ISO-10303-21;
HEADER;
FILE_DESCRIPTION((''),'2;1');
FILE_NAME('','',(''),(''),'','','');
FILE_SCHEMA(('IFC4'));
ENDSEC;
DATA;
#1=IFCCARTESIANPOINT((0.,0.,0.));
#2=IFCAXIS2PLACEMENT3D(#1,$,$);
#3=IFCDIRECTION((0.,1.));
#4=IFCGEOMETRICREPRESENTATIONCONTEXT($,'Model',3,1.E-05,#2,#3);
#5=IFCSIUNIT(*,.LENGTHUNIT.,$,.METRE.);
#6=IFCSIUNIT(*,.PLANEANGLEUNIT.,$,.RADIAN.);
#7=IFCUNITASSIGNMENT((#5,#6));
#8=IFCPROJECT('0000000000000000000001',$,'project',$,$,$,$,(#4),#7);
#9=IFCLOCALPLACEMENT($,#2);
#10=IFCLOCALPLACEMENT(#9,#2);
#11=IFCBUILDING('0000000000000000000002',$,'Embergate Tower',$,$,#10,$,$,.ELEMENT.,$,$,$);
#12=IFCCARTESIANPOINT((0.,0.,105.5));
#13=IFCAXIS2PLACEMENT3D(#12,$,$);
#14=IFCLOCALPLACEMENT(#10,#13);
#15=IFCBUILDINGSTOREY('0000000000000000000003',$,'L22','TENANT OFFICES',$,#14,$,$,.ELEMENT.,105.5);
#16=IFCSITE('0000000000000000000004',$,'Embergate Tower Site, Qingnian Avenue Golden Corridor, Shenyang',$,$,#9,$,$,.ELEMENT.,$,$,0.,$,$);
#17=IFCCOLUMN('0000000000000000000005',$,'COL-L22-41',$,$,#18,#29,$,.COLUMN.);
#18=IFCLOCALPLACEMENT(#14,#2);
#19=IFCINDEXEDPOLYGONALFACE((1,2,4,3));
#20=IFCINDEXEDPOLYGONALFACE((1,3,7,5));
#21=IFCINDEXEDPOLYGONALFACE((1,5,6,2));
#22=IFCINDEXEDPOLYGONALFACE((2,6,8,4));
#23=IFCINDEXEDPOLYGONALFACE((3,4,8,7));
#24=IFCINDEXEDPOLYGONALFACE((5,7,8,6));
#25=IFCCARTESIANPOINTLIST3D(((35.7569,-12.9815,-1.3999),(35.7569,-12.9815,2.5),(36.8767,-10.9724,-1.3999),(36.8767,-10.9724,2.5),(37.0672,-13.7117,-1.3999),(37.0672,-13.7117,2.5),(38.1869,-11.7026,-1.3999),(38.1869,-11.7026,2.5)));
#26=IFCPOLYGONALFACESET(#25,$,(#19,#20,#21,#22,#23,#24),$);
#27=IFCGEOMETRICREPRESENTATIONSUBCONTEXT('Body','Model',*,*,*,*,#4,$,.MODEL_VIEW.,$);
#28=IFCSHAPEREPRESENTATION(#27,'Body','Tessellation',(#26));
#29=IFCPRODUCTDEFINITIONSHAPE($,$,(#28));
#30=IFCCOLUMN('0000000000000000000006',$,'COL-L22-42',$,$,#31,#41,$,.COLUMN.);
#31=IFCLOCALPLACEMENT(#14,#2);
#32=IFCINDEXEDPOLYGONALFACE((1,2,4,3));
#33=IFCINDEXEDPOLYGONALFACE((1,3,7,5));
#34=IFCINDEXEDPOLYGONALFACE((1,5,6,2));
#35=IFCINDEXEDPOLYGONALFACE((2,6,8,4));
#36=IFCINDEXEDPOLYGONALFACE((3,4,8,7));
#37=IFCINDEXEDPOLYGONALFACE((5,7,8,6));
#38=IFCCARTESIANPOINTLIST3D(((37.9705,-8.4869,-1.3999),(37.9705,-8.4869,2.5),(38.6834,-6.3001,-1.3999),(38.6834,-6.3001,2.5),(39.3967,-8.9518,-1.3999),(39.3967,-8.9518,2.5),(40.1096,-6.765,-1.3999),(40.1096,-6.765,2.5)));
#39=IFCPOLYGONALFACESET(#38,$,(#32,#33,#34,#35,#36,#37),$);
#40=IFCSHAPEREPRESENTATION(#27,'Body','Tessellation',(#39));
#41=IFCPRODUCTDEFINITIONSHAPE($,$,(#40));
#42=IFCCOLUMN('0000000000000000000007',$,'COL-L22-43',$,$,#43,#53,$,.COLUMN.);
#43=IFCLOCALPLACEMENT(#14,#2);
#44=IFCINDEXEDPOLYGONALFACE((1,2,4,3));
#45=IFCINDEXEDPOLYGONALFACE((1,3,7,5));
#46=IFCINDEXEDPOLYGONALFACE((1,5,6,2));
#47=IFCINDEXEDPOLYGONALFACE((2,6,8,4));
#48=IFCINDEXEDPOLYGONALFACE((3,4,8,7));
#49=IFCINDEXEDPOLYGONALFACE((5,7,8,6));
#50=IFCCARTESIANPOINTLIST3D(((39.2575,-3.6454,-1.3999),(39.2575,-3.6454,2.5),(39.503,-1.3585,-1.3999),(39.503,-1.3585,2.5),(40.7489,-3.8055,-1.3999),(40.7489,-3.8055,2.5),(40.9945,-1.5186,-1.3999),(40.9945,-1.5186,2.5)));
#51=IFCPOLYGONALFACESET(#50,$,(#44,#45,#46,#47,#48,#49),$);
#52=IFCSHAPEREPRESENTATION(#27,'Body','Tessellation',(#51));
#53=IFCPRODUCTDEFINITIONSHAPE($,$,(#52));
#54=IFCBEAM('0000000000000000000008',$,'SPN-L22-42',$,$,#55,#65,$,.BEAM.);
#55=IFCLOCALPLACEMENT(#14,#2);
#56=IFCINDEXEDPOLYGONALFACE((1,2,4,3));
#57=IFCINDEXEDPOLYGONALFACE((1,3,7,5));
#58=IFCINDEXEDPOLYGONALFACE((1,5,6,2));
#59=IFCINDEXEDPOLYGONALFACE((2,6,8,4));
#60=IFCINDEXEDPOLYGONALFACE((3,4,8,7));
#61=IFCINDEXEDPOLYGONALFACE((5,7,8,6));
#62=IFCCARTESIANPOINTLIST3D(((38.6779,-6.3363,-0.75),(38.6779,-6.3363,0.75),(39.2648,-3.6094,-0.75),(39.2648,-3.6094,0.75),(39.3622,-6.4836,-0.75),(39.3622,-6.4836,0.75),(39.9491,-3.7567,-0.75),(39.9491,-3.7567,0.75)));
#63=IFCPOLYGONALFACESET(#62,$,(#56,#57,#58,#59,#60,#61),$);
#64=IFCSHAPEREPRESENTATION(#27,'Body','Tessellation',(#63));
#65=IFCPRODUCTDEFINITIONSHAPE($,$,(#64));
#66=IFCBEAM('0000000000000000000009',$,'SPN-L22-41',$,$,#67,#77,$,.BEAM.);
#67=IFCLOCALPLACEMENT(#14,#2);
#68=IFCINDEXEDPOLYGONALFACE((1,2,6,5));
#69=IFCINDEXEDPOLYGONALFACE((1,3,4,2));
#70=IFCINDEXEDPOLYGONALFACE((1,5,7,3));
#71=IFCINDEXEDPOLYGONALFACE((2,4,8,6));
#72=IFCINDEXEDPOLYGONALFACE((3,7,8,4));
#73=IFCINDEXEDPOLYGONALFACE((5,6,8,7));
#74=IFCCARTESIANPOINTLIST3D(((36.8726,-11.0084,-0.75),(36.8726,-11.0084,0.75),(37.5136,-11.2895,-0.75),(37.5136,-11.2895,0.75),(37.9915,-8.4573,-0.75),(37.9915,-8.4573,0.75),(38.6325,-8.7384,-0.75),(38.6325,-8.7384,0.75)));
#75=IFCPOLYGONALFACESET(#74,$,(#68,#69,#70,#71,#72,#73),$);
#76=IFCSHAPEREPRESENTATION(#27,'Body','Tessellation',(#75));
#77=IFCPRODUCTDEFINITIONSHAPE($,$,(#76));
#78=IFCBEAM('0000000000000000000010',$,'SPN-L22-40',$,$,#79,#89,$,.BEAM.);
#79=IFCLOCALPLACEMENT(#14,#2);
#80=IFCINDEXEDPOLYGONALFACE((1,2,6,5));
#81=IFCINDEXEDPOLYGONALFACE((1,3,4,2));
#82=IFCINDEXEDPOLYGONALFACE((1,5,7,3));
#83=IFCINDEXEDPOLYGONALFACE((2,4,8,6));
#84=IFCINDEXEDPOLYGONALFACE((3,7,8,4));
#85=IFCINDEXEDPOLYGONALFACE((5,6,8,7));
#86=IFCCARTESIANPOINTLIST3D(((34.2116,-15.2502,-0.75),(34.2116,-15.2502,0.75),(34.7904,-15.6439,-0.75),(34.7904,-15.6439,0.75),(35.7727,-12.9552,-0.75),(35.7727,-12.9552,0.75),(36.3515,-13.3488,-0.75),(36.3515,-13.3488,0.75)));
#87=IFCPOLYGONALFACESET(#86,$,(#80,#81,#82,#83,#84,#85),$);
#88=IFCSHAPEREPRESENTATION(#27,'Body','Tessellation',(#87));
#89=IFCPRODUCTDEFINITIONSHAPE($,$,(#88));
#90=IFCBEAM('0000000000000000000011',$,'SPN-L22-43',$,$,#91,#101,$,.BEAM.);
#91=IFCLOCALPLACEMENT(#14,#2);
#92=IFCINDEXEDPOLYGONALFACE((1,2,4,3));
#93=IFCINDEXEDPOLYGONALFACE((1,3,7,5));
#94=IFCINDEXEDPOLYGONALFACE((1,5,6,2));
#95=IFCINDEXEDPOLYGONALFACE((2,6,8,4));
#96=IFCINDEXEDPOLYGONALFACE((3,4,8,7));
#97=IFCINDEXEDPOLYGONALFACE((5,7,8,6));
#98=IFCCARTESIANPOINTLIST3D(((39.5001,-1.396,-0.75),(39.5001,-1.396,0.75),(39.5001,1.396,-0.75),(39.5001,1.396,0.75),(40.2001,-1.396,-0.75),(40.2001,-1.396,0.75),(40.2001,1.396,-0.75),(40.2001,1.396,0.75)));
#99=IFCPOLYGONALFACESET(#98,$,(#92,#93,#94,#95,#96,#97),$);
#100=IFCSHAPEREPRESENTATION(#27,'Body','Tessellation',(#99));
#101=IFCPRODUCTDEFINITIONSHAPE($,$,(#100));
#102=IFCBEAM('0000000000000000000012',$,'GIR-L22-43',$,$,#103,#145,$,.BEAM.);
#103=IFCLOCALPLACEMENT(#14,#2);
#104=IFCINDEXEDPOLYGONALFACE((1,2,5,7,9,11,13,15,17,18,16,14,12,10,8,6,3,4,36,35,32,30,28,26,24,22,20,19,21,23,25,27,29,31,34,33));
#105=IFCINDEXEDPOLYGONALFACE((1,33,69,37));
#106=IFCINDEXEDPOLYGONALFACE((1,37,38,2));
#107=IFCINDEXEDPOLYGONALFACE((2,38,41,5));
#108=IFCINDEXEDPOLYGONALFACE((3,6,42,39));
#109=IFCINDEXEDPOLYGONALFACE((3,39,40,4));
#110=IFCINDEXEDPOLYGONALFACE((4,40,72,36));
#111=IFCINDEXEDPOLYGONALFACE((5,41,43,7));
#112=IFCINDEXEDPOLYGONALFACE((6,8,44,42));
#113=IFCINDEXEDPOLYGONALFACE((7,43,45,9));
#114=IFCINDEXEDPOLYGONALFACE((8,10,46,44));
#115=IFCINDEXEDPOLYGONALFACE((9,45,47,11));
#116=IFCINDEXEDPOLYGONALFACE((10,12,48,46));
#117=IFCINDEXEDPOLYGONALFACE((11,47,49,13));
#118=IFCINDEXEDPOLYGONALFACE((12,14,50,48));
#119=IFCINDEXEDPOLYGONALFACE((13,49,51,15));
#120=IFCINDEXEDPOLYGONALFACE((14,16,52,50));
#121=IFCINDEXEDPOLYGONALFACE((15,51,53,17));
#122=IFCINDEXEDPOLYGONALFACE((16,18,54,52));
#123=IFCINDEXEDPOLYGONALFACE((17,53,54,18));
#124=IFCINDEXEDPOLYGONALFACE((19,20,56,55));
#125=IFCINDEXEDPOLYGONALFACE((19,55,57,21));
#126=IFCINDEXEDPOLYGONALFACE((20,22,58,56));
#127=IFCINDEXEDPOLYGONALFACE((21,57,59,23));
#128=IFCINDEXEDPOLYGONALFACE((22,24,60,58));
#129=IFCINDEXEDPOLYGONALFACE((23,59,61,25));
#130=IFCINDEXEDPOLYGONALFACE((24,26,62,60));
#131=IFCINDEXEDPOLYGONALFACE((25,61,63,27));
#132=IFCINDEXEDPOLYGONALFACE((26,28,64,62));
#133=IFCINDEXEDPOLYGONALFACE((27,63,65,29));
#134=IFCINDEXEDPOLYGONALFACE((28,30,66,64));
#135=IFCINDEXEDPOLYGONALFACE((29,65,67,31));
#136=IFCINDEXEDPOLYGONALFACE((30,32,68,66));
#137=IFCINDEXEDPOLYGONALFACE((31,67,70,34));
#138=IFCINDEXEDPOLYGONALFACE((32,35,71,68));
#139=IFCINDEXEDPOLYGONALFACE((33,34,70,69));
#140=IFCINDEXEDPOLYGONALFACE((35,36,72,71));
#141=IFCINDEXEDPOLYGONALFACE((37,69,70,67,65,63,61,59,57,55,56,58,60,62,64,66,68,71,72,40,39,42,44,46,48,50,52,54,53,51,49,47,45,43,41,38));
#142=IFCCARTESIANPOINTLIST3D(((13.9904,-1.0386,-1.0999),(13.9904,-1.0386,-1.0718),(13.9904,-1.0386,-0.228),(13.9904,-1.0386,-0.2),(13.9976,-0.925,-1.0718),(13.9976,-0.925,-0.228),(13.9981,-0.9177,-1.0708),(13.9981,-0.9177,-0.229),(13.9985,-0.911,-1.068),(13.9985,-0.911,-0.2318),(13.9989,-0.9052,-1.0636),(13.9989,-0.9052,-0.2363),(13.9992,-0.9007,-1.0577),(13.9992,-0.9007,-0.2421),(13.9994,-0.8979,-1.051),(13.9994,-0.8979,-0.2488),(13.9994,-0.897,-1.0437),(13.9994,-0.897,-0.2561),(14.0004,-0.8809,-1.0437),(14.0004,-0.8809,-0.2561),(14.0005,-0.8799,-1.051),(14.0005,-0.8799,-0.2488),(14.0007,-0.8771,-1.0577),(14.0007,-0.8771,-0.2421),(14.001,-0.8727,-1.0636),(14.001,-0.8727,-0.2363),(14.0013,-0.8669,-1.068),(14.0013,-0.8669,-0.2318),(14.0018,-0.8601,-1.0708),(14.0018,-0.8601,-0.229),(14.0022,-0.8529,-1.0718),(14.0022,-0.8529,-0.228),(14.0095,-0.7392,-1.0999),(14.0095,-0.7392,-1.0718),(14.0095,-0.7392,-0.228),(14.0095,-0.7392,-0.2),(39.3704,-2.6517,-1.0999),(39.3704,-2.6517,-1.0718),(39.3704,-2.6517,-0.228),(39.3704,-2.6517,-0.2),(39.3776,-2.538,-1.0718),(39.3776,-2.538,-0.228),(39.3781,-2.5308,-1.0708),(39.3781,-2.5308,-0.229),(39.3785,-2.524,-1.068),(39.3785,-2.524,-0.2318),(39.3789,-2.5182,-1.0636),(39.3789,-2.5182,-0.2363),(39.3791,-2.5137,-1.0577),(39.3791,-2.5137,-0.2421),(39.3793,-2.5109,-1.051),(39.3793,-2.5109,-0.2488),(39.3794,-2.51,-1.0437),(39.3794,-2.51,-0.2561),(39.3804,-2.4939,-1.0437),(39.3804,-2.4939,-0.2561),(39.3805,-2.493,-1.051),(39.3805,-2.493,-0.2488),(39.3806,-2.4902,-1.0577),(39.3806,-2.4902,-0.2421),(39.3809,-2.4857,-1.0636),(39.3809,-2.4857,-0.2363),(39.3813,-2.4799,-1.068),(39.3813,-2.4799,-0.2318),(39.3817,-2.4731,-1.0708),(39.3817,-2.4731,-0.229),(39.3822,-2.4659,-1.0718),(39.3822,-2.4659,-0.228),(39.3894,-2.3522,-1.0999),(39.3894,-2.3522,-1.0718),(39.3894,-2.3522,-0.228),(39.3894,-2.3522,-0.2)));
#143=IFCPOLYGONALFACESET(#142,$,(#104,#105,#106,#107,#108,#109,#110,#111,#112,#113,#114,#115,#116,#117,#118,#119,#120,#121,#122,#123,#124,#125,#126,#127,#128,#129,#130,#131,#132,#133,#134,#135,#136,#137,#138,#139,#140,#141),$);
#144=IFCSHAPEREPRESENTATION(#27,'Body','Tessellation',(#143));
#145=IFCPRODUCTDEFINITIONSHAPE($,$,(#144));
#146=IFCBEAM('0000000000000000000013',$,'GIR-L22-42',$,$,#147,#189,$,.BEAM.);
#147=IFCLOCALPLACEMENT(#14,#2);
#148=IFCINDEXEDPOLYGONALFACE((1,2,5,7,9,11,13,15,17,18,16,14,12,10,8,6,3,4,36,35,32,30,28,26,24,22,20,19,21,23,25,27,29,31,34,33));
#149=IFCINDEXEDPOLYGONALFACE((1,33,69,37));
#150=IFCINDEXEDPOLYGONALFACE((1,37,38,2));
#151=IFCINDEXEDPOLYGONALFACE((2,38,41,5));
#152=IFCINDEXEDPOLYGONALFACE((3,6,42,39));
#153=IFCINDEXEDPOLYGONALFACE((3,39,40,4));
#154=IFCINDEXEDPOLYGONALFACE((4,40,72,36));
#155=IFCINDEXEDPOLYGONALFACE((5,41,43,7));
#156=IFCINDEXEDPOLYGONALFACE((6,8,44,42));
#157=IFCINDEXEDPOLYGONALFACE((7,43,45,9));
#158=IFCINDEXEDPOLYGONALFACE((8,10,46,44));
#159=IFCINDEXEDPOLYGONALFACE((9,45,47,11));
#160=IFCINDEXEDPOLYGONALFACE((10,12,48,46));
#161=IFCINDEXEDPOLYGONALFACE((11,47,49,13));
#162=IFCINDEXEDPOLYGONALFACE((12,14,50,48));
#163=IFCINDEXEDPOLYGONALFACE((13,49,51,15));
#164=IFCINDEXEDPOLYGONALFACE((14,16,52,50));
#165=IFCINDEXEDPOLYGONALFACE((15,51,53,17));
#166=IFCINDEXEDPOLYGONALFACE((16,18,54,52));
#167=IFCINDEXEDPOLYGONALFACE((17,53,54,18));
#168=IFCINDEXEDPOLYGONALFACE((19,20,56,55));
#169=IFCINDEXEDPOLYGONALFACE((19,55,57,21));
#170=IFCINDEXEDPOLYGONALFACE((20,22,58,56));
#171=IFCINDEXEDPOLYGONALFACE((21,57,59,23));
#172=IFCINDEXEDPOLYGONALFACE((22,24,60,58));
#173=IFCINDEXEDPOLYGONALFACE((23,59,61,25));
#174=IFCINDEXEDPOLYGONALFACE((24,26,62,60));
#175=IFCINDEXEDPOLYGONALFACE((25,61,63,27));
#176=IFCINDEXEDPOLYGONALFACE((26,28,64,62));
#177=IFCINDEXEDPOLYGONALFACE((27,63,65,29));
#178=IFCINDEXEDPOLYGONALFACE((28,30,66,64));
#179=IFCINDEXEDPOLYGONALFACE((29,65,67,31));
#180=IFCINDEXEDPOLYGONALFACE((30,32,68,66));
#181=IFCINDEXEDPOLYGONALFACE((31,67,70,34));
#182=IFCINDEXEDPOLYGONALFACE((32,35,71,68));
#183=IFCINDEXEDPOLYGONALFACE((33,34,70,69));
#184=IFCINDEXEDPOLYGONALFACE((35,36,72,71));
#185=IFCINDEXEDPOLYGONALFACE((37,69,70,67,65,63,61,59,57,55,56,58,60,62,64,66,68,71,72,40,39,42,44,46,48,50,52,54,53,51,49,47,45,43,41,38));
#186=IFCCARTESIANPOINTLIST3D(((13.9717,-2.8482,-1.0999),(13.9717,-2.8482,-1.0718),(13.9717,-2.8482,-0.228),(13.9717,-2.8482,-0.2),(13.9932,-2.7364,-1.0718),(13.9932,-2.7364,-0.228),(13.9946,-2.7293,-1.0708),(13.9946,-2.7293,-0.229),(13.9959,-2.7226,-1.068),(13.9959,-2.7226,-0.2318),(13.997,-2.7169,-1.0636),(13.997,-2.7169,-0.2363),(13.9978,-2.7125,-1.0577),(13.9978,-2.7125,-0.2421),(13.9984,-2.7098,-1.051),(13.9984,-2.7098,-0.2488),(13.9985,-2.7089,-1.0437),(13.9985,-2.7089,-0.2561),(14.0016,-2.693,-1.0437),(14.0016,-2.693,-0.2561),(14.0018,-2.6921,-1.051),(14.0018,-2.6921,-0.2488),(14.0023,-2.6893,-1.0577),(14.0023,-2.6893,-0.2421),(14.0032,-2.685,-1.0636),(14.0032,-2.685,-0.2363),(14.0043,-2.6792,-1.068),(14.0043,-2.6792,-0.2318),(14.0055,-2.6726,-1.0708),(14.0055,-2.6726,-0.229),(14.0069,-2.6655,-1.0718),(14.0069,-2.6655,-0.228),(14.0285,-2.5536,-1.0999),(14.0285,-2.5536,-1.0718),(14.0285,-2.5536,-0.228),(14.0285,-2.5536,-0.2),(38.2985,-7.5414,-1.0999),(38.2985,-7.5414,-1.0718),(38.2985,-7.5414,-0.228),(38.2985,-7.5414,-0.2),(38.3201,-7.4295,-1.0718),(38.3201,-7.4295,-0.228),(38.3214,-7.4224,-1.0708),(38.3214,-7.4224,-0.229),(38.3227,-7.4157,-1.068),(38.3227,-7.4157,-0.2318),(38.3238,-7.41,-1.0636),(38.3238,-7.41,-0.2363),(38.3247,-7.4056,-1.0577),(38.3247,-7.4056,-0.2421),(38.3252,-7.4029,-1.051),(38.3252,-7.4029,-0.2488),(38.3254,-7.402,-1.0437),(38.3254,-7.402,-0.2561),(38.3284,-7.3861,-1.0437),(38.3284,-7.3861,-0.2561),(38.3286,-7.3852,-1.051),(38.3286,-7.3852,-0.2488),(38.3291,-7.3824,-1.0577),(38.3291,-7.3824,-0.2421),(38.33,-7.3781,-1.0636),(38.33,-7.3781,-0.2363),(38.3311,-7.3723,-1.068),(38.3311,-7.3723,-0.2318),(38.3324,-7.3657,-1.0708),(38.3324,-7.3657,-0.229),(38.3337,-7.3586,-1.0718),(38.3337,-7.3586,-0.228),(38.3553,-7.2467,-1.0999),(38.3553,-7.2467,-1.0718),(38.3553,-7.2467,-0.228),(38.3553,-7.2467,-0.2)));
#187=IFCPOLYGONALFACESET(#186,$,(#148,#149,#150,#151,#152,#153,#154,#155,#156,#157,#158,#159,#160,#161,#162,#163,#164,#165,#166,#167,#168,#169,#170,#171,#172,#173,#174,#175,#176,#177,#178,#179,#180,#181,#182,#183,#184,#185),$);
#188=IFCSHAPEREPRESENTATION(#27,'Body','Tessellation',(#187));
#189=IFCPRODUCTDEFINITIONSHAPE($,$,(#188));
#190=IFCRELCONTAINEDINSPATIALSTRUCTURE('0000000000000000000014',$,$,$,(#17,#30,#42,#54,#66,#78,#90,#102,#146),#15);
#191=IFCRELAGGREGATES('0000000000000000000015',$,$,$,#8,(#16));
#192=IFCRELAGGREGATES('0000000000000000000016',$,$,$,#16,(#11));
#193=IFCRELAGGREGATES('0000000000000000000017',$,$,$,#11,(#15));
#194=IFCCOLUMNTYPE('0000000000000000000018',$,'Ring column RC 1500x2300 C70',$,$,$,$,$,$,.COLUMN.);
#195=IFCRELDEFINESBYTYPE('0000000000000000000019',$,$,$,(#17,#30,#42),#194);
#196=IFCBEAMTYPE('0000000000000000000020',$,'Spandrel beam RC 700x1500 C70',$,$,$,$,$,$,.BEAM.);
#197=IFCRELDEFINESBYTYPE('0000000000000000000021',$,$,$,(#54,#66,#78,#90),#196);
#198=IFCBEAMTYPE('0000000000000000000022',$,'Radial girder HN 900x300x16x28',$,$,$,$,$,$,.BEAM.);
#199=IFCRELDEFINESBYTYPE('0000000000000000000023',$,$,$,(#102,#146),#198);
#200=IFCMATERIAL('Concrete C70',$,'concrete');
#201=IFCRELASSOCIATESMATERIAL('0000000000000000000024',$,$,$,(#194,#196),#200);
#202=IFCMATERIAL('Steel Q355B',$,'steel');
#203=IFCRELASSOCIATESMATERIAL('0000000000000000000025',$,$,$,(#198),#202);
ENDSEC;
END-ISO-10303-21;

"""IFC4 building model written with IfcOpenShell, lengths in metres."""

from ifc_helpers import new_model, si_unit, direction, frame, origin, origin_2d, place, context, subcontext, project, spatial, rectangle, i_section, extrude, source, transform, mapped, material, material_profile, profile_set, type_object, element, save


model = new_model("IFC4")

# Units and contexts
model_context = context("Model", 3, precision=1e-05, world=origin(), true_north=direction((0.0, 1.0)))
body_context = subcontext(model_context, "Body", "Model", "MODEL_VIEW")
ifc_project = project(units=[si_unit("LENGTHUNIT", "METRE"), si_unit("PLANEANGLEUNIT", "RADIAN")], contexts=[model_context])

# Site, building, storey
site_placement = place(None, origin())
site = spatial("IfcSite", under=ifc_project, at=site_placement, Name="Embergate Tower Site, Qingnian Avenue Golden Corridor, Shenyang", CompositionType="ELEMENT", RefElevation=0.0)
building_placement = place(site_placement, origin())
building = spatial("IfcBuilding", under=site, at=building_placement, Name="Embergate Tower", CompositionType="ELEMENT")
storey_placement = place(building_placement, frame((0.0, 0.0, 105.5)))
storey = spatial("IfcBuildingStorey", under=building, at=storey_placement, Name="L22", Description="TENANT OFFICES", CompositionType="ELEMENT", Elevation=105.5)

# Columns
ifc_material_1 = material(Name="Concrete C70", Category="concrete")
ifc_material_profile_1 = material_profile(ifc_material_1, rectangle(XDim=1.5, YDim=2.3, at=origin_2d()), Name="RC 1500x2300")
ifc_profile_set_1 = profile_set([ifc_material_profile_1], Name="Concrete C70")
column_type = type_object("IfcColumnType", Name="Ring column RC 1500x2300 C70", PredefinedType="COLUMN", material=ifc_profile_set_1)
shared_shape_1 = source(origin(), body_context, "Body", "SweptSolid", [
    extrude(rectangle(XDim=1.5, YDim=2.3, at=origin_2d()), origin(), (0.0, 0.0, 1.0), 3.8999),
])
for number, where, z_axis, x_axis, name in (
    (1, (36.9719, -12.342, -1.3999), (0.0, 0.0, 1.0), (0.8735, -0.486823, 0.0), "COL-L22-41"),
    (2, (39.04, -7.626, -1.3999), (0.0, 0.0, 1.0), (0.950754, -0.309946, 0.0), "COL-L22-42"),
    (3, (40.126, -2.582, -1.3999), (0.0, 0.0, 1.0), (0.994286, -0.10675, 0.0), "COL-L22-43"),
):
    element("IfcColumn", number, at=place(storey_placement, frame(where, z_axis=z_axis, x_axis=x_axis)), inside=storey, type_object=column_type, Name=name, PredefinedType="COLUMN", context=body_context, shape_type="MappedRepresentation", body=[
        mapped(shared_shape_1, transform((0.0, 0.0, 0.0))),
    ])

# Beams
ifc_material_profile_2 = material_profile(ifc_material_1, rectangle(XDim=0.7, YDim=1.5, at=origin_2d()), Name="RC 700x1500")
ifc_profile_set_2 = profile_set([ifc_material_profile_2], Name="Concrete C70")
beam_type_1 = type_object("IfcBeamType", Name="Spandrel beam RC 700x1500 C70", PredefinedType="BEAM", material=ifc_profile_set_2)
shared_shape_2 = source(origin(), body_context, "Body", "SweptSolid", [
    extrude(rectangle(XDim=0.7, YDim=1.5, at=origin_2d()), origin(), (0.0, 0.0, 1.0), 2.7893),
])
beam_1_placement = place(storey_placement, frame((39.02, -6.4099, 0.0), z_axis=(0.21042, 0.977611, 0.0), x_axis=(-0.977611, 0.21042, 0.0)))
element("IfcBeam", 4, at=beam_1_placement, inside=storey, type_object=beam_type_1, Name="SPN-L22-42", PredefinedType="BEAM", context=body_context, shape_type="MappedRepresentation", body=[
    mapped(shared_shape_2, transform((0.0, 0.0, 0.0))),
])
shared_shape_3 = source(origin(), body_context, "Body", "SweptSolid", [
    extrude(rectangle(XDim=0.7, YDim=1.5, at=origin_2d()), origin(), (0.0, 0.0, 1.0), 2.7856),
])
beam_2_placement = place(storey_placement, frame((37.1931, -11.1489, 0.0), z_axis=(0.401669, 0.915785, 0.0), x_axis=(-0.915785, 0.401669, 0.0)))
element("IfcBeam", 5, at=beam_2_placement, inside=storey, type_object=beam_type_1, Name="SPN-L22-41", PredefinedType="BEAM", context=body_context, shape_type="MappedRepresentation", body=[
    mapped(shared_shape_3, transform((0.0, 0.0, 0.0))),
])
shared_shape_4 = source(origin(), body_context, "Body", "SweptSolid", [
    extrude(rectangle(XDim=0.7, YDim=1.5, at=origin_2d()), origin(), (0.0, 0.0, 1.0), 2.7756),
])
beam_3_placement = place(storey_placement, frame((34.501, -15.447, 0.0), z_axis=(0.56243, 0.826845, 0.0), x_axis=(-0.826845, 0.56243, 0.0)))
element("IfcBeam", 6, at=beam_3_placement, inside=storey, type_object=beam_type_1, Name="SPN-L22-40", PredefinedType="BEAM", context=body_context, shape_type="MappedRepresentation", body=[
    mapped(shared_shape_4, transform((0.0, 0.0, 0.0))),
])
shared_shape_5 = source(origin(), body_context, "Body", "SweptSolid", [
    extrude(rectangle(XDim=0.7, YDim=1.5, at=origin_2d()), origin(), (0.0, 0.0, 1.0), 2.792),
])
beam_4_placement = place(storey_placement, frame((39.8501, -1.396, 0.0), z_axis=(0.0, 1.0, 0.0), x_axis=(-1.0, 0.0, 0.0)))
element("IfcBeam", 7, at=beam_4_placement, inside=storey, type_object=beam_type_1, Name="SPN-L22-43", PredefinedType="BEAM", context=body_context, shape_type="MappedRepresentation", body=[
    mapped(shared_shape_5, transform((0.0, 0.0, 0.0))),
])
ifc_material_2 = material(Name="Steel Q355B", Category="steel")
ifc_material_profile_3 = material_profile(ifc_material_2, i_section(OverallWidth=0.3, OverallDepth=0.8999, WebThickness=0.0161, FlangeThickness=0.0281, FilletRadius=0.0281, at=origin_2d()), Name="HN 900x300x16x28")
ifc_profile_set_3 = profile_set([ifc_material_profile_3], Name="Steel Q355 grade B")
beam_type_2 = type_object("IfcBeamType", Name="Radial girder HN 900x300x16x28", PredefinedType="BEAM", material=ifc_profile_set_3)
shared_shape_6 = source(origin(), body_context, "Body", "SweptSolid", [
    extrude(i_section(OverallWidth=0.3, OverallDepth=0.8999, WebThickness=0.0161, FlangeThickness=0.0281, FilletRadius=0.0281, at=origin_2d()), origin(), (0.0, 0.0, 1.0), 25.4312),
])
beam_5_placement = place(storey_placement, frame((39.3799, -2.502, -0.6499), z_axis=(-0.997986, 0.063428, 0.0), x_axis=(-0.063428, -0.997986, 0.0)))
element("IfcBeam", 8, at=beam_5_placement, inside=storey, type_object=beam_type_2, Name="GIR-L22-43", PredefinedType="BEAM", context=body_context, shape_type="MappedRepresentation", body=[
    mapped(shared_shape_6, transform((0.0, 0.0, 0.0))),
])
shared_shape_7 = source(origin(), body_context, "Body", "SweptSolid", [
    extrude(i_section(OverallWidth=0.3, OverallDepth=0.8999, WebThickness=0.0161, FlangeThickness=0.0281, FilletRadius=0.0281, at=origin_2d()), origin(), (0.0, 0.0, 1.0), 24.7754),
])
beam_6_placement = place(storey_placement, frame((38.3269, -7.394, -0.6499), z_axis=(-0.981895, 0.189426, 0.0), x_axis=(-0.189426, -0.981895, 0.0)))
element("IfcBeam", 9, at=beam_6_placement, inside=storey, type_object=beam_type_2, Name="GIR-L22-42", PredefinedType="BEAM", context=body_context, shape_type="MappedRepresentation", body=[
    mapped(shared_shape_7, transform((0.0, 0.0, 0.0))),
])

save(model, "model.ifc")
